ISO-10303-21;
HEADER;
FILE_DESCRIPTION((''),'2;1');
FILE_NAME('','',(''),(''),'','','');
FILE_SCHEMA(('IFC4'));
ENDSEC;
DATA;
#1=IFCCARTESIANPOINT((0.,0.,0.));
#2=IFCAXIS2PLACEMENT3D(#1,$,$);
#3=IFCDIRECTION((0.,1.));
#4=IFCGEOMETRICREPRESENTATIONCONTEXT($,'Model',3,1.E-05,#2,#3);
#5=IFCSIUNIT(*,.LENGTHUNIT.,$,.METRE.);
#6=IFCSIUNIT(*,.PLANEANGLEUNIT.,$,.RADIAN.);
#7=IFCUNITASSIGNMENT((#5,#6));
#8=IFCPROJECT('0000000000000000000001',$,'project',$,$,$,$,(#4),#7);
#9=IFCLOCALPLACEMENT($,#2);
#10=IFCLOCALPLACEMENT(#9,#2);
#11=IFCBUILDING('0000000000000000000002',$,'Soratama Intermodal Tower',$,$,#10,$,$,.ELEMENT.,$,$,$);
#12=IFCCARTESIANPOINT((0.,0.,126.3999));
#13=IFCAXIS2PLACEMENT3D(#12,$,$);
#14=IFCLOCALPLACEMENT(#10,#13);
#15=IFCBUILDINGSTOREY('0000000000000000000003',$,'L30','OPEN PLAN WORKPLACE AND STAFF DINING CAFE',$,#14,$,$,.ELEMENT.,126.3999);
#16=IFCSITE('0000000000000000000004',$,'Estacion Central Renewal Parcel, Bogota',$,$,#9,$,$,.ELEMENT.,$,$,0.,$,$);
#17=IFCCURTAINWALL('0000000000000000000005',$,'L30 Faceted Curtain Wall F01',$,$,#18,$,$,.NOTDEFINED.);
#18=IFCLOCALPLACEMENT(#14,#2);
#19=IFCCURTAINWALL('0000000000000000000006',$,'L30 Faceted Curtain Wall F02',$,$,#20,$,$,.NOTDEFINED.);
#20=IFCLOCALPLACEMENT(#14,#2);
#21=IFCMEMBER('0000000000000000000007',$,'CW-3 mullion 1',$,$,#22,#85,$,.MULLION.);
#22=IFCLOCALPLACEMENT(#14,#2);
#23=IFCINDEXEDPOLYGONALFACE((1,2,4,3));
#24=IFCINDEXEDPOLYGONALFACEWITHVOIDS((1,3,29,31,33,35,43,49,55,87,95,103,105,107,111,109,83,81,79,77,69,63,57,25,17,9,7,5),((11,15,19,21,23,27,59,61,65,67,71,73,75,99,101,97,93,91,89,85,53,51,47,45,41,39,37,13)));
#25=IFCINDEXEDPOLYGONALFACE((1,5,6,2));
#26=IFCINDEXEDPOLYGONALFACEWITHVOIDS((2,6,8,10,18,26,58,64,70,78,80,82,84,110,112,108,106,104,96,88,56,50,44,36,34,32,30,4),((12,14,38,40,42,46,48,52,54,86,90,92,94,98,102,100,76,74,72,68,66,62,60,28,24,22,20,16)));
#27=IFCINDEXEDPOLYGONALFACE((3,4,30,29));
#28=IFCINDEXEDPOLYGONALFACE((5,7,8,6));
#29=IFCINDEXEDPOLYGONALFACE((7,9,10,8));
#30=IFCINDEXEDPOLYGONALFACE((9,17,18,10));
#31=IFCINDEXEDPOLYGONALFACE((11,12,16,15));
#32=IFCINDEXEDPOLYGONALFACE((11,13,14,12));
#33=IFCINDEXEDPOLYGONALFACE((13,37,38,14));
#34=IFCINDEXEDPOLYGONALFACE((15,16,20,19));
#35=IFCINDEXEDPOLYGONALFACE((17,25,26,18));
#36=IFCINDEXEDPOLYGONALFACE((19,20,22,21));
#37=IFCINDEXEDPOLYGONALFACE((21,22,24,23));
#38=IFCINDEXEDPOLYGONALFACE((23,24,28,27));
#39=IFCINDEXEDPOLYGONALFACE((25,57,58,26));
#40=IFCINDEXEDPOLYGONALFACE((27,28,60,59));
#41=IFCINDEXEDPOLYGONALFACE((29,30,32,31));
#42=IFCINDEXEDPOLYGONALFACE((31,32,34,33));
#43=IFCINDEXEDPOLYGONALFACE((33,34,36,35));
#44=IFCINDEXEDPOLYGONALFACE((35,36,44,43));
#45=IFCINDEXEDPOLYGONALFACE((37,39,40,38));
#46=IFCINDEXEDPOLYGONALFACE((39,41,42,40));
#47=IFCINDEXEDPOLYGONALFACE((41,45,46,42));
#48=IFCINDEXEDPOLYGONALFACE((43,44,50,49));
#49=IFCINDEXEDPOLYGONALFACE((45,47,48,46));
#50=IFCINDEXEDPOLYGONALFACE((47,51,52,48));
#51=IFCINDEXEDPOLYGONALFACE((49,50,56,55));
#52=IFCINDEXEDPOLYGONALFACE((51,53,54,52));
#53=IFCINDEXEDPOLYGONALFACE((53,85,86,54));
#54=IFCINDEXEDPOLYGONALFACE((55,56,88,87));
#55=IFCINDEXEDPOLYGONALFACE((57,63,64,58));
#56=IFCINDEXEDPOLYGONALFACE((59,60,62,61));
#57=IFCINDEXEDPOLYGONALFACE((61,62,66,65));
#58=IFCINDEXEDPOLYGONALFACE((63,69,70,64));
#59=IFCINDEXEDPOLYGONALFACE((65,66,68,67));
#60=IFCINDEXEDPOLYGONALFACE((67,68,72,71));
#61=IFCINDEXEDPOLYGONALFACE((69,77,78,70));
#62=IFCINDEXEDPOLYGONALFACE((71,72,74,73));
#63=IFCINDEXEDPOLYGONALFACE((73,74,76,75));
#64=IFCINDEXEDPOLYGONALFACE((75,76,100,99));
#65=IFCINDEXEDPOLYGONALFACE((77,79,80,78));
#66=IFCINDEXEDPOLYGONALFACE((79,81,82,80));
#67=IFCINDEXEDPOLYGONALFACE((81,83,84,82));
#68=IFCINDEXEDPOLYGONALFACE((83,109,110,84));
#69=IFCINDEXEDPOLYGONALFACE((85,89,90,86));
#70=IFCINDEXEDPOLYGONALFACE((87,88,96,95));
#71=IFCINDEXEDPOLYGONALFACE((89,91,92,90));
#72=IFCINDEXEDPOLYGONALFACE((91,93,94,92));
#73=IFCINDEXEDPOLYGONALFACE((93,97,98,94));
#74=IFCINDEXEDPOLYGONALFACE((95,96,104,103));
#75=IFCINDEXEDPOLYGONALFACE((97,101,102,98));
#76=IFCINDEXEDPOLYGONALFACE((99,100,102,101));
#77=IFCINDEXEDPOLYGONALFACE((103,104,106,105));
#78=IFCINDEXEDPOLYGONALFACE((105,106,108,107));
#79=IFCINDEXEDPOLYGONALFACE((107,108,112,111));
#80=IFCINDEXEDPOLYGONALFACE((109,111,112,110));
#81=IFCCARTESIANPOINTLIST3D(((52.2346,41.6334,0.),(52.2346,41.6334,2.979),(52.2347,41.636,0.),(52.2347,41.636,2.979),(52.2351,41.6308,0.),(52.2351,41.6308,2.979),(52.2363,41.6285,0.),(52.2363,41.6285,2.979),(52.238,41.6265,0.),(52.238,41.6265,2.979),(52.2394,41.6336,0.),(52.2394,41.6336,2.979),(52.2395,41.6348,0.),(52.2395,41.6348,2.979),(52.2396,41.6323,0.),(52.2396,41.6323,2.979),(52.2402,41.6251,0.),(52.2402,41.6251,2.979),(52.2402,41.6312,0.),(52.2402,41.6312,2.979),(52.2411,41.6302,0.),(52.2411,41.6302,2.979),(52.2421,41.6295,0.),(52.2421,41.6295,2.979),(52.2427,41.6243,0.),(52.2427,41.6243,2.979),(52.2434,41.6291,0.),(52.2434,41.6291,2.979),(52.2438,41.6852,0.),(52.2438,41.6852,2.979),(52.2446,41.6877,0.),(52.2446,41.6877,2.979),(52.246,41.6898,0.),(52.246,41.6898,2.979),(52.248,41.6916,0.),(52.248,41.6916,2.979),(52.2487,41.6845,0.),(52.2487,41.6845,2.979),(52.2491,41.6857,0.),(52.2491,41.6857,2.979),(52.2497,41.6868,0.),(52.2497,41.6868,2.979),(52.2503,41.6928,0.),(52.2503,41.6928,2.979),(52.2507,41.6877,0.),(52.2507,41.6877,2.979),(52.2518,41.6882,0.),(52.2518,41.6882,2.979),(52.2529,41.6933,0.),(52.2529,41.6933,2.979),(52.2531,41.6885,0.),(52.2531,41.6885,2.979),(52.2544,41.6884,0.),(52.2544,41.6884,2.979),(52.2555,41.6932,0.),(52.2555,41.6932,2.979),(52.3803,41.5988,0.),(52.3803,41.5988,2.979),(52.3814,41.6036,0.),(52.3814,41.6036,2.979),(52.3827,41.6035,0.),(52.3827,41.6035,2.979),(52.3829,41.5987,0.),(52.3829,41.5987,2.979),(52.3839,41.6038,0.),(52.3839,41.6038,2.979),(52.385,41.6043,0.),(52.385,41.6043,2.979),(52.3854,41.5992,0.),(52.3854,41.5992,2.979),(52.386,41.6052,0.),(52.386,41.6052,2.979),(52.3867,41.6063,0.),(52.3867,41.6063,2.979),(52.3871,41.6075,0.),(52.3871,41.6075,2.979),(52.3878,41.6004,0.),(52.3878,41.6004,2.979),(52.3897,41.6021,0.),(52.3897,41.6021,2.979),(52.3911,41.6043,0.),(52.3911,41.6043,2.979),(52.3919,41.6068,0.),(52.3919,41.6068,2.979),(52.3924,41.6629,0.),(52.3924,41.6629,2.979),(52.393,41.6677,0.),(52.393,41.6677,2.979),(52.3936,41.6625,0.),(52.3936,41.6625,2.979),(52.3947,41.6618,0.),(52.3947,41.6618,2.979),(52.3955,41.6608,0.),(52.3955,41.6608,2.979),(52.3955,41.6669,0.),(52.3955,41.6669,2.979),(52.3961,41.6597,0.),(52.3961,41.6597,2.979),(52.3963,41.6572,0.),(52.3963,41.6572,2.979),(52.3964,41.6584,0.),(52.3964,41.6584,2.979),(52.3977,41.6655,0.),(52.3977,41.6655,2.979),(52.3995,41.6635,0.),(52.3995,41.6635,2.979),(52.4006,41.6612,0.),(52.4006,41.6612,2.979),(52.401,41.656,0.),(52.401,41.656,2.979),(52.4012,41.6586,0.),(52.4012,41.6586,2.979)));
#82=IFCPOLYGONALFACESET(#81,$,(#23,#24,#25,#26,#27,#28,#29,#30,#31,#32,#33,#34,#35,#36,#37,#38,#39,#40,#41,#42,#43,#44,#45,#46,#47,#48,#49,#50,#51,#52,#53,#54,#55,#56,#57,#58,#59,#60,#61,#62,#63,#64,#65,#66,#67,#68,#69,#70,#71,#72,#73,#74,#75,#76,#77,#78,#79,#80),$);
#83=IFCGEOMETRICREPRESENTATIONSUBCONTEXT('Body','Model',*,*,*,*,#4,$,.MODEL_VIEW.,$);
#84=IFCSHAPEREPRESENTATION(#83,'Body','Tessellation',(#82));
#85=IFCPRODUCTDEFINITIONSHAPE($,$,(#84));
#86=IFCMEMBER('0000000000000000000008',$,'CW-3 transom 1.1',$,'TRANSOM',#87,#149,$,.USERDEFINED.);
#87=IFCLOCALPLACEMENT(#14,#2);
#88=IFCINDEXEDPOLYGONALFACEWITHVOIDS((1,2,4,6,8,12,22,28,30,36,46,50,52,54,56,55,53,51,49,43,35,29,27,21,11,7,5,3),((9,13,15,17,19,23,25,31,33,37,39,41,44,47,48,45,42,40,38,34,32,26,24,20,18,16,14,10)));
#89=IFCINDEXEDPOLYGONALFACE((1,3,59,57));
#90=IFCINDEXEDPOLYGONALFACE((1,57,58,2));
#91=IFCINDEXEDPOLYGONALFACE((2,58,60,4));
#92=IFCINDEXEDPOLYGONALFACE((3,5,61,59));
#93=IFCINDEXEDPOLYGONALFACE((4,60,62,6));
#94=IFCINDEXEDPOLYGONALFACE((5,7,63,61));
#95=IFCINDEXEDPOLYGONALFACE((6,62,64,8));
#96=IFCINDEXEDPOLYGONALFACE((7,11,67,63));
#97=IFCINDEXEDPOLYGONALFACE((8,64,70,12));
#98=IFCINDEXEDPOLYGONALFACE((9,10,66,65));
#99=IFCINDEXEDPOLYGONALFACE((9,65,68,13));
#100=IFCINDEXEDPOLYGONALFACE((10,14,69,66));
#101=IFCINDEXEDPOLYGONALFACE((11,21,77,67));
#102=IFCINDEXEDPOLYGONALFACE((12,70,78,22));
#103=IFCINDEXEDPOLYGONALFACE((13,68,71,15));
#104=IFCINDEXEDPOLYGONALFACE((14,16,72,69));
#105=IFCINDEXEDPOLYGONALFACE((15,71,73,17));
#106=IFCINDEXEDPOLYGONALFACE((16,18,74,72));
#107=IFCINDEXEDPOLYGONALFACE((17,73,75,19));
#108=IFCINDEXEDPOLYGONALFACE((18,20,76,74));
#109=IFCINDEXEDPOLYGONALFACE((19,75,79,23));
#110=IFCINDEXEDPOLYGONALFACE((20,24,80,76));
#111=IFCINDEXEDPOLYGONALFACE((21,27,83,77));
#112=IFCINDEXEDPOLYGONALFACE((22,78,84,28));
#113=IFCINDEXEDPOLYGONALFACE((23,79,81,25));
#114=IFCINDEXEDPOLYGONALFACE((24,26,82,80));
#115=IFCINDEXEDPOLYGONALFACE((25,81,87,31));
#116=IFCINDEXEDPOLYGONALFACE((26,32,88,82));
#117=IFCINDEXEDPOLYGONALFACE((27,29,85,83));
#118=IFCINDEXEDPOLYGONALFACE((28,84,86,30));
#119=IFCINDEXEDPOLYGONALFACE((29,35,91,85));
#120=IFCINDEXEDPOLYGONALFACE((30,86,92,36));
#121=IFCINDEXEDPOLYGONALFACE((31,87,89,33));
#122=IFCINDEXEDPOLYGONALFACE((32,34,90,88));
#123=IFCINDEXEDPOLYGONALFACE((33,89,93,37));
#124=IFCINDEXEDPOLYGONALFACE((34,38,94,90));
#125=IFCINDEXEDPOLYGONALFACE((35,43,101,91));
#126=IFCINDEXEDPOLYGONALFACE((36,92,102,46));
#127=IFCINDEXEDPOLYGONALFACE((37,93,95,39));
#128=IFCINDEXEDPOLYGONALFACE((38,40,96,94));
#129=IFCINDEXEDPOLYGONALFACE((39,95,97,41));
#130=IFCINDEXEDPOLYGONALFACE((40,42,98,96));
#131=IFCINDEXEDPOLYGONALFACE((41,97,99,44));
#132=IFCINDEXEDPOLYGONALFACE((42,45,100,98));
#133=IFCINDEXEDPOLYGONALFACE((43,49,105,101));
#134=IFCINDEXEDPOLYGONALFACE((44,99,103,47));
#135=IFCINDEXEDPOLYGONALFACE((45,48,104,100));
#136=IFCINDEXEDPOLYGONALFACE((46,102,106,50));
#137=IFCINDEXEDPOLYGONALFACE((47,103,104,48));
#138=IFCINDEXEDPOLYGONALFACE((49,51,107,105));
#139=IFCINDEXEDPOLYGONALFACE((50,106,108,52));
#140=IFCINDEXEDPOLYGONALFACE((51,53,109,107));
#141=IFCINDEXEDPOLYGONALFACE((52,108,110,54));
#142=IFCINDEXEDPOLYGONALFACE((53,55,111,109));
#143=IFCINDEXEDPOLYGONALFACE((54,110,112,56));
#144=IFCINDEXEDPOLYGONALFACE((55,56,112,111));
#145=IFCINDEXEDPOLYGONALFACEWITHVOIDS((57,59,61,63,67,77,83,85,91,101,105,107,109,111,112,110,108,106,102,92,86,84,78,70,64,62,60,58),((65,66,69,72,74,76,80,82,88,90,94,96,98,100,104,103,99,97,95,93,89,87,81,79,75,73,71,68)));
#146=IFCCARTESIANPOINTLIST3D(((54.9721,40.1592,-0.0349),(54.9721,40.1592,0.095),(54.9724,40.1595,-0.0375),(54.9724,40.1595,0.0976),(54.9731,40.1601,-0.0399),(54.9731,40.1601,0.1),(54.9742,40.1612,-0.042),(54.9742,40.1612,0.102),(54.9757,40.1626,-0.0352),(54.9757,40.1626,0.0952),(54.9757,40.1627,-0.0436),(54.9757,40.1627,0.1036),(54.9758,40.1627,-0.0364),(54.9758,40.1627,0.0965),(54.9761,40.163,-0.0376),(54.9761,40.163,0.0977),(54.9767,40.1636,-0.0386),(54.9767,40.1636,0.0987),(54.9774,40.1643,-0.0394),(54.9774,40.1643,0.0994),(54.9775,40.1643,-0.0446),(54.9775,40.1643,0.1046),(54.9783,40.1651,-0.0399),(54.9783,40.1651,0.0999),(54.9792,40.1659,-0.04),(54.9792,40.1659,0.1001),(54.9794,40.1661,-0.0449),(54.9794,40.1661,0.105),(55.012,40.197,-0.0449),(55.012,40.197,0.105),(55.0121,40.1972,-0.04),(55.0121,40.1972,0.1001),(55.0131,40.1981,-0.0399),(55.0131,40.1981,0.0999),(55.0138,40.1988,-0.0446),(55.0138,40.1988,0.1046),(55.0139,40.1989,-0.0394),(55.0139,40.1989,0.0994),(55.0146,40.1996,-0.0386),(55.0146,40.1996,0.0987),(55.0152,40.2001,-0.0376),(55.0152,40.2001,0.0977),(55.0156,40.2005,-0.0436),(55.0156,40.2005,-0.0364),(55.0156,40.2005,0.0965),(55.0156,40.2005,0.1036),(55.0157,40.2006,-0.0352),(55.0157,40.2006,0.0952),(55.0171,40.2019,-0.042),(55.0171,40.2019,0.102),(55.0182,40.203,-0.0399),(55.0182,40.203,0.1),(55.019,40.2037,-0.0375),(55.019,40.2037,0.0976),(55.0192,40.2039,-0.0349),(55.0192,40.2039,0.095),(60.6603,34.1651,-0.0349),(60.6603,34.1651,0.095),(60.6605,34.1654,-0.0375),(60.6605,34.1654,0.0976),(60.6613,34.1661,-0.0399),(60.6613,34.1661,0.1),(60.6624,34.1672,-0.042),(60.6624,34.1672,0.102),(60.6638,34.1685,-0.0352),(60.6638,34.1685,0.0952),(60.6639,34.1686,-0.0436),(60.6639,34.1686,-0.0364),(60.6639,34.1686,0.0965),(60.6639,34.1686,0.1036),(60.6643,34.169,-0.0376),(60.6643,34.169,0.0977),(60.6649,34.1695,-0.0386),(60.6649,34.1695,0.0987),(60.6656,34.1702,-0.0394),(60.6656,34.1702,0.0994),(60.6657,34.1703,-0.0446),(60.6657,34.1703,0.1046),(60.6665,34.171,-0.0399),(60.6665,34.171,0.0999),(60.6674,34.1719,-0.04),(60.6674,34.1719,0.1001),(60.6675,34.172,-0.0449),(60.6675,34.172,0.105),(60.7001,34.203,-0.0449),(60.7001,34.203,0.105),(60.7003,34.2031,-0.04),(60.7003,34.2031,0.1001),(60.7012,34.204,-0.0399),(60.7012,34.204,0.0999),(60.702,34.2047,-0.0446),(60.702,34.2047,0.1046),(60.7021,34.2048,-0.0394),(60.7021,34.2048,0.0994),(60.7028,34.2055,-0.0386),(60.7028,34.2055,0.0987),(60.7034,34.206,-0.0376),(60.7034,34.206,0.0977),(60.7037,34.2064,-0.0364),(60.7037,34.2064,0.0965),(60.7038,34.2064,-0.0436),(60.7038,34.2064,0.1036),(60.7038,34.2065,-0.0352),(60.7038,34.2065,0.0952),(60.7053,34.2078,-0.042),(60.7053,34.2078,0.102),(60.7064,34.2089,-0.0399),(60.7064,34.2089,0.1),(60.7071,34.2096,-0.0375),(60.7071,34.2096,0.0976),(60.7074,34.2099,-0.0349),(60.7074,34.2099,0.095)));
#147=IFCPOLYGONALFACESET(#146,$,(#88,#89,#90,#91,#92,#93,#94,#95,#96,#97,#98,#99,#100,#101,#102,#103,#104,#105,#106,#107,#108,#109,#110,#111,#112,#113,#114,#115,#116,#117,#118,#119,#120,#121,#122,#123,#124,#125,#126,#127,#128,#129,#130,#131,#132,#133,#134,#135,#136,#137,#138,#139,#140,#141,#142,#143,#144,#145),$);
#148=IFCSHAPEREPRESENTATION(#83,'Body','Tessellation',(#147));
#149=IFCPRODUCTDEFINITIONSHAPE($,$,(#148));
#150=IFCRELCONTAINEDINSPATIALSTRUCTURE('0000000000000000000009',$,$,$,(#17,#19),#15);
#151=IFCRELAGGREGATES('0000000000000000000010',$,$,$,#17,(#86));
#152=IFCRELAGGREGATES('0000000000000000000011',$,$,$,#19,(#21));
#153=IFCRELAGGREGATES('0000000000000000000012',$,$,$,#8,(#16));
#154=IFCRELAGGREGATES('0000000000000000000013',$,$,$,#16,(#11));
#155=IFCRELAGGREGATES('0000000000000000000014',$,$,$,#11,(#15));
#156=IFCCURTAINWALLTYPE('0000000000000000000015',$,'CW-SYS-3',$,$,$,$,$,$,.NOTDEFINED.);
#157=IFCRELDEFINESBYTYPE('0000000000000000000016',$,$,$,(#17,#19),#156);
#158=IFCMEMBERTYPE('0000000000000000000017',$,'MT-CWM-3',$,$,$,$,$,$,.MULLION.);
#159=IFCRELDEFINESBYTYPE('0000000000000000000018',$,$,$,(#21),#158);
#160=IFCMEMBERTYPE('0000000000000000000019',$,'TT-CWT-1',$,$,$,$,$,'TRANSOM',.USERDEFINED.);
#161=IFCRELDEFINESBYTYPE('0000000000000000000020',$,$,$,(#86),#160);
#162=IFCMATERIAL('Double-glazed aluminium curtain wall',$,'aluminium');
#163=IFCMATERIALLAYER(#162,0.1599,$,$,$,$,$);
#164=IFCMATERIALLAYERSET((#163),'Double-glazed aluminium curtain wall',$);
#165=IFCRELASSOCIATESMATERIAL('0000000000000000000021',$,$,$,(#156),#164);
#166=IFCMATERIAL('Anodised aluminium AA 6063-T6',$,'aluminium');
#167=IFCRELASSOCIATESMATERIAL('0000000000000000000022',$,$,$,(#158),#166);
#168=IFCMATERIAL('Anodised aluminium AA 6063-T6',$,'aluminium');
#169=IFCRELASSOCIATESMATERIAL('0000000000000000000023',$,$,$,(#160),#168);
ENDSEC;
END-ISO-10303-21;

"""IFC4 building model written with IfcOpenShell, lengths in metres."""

from ifc_helpers import new_model, si_unit, direction, frame, origin, origin_2d, place, context, subcontext, project, spatial, hollow_rectangle, extrude, material, layer, layer_set, material_profile, profile_set, type_object, element, aggregate, save


model = new_model("IFC4")

# Units and contexts
model_context = context("Model", 3, precision=1e-05, world=origin(), true_north=direction((0.0, 1.0)))
body_context = subcontext(model_context, "Body", "Model", "MODEL_VIEW")
ifc_project = project(units=[si_unit("LENGTHUNIT", "METRE"), si_unit("PLANEANGLEUNIT", "RADIAN")], contexts=[model_context])

# Site, building, storey
site_placement = place(None, origin())
site = spatial("IfcSite", under=ifc_project, at=site_placement, Name="Estacion Central Renewal Parcel, Bogota", CompositionType="ELEMENT", RefElevation=0.0)
building_placement = place(site_placement, origin())
building = spatial("IfcBuilding", under=site, at=building_placement, Name="Soratama Intermodal Tower", CompositionType="ELEMENT")
storey_placement = place(building_placement, frame((0.0, 0.0, 126.3999)))
storey = spatial("IfcBuildingStorey", under=building, at=storey_placement, Name="L30", Description="OPEN PLAN WORKPLACE AND STAFF DINING CAFE", CompositionType="ELEMENT", Elevation=126.3999)

# Curtain wall
ifc_material_1 = material(Name="Double-glazed aluminium curtain wall", Category="aluminium")
ifc_layer_1 = layer(ifc_material_1, 0.1599)
ifc_layer_set_1 = layer_set([ifc_layer_1], Name="Double-glazed aluminium curtain wall")
curtain_wall_type = type_object("IfcCurtainWallType", Name="CW-SYS-3", PredefinedType="NOTDEFINED", material=ifc_layer_set_1)
curtain_wall_1_placement = place(storey_placement, origin())
curtain_wall_1 = element("IfcCurtainWall", 1, at=curtain_wall_1_placement, inside=storey, type_object=curtain_wall_type, Name="L30 Faceted Curtain Wall F01", PredefinedType="NOTDEFINED")
ifc_material_2 = material(Name="Anodised aluminium AA 6063-T6", Category="aluminium")
ifc_material_profile_1 = material_profile(ifc_material_2, hollow_rectangle(XDim=0.0701, YDim=0.1599, WallThickness=0.0049, InnerFilletRadius=0.0049, OuterFilletRadius=0.01, at=origin_2d()), Name="CWM160X70X5")
ifc_profile_set_1 = profile_set([ifc_material_profile_1], Name="Anodised aluminium AA 6063-T6")
member_type_1 = type_object("IfcMemberType", Name="MT-CWM-3", PredefinedType="MULLION", material=ifc_profile_set_1)

# Curtain wall, member
curtain_wall_2_placement = place(storey_placement, origin())
curtain_wall_2 = element("IfcCurtainWall", 2, at=curtain_wall_2_placement, inside=storey, type_object=curtain_wall_type, Name="L30 Faceted Curtain Wall F02", PredefinedType="NOTDEFINED")
member_1_placement = place(storey_placement, frame((52.3179, 41.646, 0.0), z_axis=(0.0, 0.0, 1.0), x_axis=(-0.182239, -0.983254, 0.0)))
member_1 = element("IfcMember", 3, at=member_1_placement, type_object=member_type_1, Name="CW-3 mullion 1", PredefinedType="MULLION", context=body_context, shape_type="SweptSolid", body=[
    extrude(hollow_rectangle(XDim=0.0701, YDim=0.1599, WallThickness=0.0049, InnerFilletRadius=0.0049, OuterFilletRadius=0.01, at=origin_2d()), origin(), (0.0, 0.0, 1.0), 2.979),
])

# Member
ifc_material_3 = material(Name="Anodised aluminium AA 6063-T6", Category="aluminium")
ifc_material_profile_2 = material_profile(ifc_material_3, hollow_rectangle(XDim=0.0649, YDim=0.1499, WallThickness=0.0049, InnerFilletRadius=0.0049, OuterFilletRadius=0.01, at=origin_2d()), Name="CWT150X65X5")
ifc_profile_set_2 = profile_set([ifc_material_profile_2], Name="Anodised aluminium AA 6063-T6")
member_type_2 = type_object("IfcMemberType", Name="TT-CWT-1", ElementType="TRANSOM", PredefinedType="USERDEFINED", material=ifc_profile_set_2)
member_2_placement = place(storey_placement, frame((60.6838, 34.1875, 0.03), z_axis=(-0.688355, 0.725374, 0.0), x_axis=(-0.725374, -0.688355, 0.0)))
member_2 = element("IfcMember", 4, at=member_2_placement, type_object=member_type_2, Name="CW-3 transom 1.1", ObjectType="TRANSOM", PredefinedType="USERDEFINED", context=body_context, shape_type="SweptSolid", body=[
    extrude(hollow_rectangle(XDim=0.0649, YDim=0.1499, WallThickness=0.0049, InnerFilletRadius=0.0049, OuterFilletRadius=0.01, at=origin_2d()), origin(), (0.0, 0.0, 1.0), 8.2634),
])

aggregate(curtain_wall_1, [member_2])
aggregate(curtain_wall_2, [member_1])

save(model, "model.ifc")
